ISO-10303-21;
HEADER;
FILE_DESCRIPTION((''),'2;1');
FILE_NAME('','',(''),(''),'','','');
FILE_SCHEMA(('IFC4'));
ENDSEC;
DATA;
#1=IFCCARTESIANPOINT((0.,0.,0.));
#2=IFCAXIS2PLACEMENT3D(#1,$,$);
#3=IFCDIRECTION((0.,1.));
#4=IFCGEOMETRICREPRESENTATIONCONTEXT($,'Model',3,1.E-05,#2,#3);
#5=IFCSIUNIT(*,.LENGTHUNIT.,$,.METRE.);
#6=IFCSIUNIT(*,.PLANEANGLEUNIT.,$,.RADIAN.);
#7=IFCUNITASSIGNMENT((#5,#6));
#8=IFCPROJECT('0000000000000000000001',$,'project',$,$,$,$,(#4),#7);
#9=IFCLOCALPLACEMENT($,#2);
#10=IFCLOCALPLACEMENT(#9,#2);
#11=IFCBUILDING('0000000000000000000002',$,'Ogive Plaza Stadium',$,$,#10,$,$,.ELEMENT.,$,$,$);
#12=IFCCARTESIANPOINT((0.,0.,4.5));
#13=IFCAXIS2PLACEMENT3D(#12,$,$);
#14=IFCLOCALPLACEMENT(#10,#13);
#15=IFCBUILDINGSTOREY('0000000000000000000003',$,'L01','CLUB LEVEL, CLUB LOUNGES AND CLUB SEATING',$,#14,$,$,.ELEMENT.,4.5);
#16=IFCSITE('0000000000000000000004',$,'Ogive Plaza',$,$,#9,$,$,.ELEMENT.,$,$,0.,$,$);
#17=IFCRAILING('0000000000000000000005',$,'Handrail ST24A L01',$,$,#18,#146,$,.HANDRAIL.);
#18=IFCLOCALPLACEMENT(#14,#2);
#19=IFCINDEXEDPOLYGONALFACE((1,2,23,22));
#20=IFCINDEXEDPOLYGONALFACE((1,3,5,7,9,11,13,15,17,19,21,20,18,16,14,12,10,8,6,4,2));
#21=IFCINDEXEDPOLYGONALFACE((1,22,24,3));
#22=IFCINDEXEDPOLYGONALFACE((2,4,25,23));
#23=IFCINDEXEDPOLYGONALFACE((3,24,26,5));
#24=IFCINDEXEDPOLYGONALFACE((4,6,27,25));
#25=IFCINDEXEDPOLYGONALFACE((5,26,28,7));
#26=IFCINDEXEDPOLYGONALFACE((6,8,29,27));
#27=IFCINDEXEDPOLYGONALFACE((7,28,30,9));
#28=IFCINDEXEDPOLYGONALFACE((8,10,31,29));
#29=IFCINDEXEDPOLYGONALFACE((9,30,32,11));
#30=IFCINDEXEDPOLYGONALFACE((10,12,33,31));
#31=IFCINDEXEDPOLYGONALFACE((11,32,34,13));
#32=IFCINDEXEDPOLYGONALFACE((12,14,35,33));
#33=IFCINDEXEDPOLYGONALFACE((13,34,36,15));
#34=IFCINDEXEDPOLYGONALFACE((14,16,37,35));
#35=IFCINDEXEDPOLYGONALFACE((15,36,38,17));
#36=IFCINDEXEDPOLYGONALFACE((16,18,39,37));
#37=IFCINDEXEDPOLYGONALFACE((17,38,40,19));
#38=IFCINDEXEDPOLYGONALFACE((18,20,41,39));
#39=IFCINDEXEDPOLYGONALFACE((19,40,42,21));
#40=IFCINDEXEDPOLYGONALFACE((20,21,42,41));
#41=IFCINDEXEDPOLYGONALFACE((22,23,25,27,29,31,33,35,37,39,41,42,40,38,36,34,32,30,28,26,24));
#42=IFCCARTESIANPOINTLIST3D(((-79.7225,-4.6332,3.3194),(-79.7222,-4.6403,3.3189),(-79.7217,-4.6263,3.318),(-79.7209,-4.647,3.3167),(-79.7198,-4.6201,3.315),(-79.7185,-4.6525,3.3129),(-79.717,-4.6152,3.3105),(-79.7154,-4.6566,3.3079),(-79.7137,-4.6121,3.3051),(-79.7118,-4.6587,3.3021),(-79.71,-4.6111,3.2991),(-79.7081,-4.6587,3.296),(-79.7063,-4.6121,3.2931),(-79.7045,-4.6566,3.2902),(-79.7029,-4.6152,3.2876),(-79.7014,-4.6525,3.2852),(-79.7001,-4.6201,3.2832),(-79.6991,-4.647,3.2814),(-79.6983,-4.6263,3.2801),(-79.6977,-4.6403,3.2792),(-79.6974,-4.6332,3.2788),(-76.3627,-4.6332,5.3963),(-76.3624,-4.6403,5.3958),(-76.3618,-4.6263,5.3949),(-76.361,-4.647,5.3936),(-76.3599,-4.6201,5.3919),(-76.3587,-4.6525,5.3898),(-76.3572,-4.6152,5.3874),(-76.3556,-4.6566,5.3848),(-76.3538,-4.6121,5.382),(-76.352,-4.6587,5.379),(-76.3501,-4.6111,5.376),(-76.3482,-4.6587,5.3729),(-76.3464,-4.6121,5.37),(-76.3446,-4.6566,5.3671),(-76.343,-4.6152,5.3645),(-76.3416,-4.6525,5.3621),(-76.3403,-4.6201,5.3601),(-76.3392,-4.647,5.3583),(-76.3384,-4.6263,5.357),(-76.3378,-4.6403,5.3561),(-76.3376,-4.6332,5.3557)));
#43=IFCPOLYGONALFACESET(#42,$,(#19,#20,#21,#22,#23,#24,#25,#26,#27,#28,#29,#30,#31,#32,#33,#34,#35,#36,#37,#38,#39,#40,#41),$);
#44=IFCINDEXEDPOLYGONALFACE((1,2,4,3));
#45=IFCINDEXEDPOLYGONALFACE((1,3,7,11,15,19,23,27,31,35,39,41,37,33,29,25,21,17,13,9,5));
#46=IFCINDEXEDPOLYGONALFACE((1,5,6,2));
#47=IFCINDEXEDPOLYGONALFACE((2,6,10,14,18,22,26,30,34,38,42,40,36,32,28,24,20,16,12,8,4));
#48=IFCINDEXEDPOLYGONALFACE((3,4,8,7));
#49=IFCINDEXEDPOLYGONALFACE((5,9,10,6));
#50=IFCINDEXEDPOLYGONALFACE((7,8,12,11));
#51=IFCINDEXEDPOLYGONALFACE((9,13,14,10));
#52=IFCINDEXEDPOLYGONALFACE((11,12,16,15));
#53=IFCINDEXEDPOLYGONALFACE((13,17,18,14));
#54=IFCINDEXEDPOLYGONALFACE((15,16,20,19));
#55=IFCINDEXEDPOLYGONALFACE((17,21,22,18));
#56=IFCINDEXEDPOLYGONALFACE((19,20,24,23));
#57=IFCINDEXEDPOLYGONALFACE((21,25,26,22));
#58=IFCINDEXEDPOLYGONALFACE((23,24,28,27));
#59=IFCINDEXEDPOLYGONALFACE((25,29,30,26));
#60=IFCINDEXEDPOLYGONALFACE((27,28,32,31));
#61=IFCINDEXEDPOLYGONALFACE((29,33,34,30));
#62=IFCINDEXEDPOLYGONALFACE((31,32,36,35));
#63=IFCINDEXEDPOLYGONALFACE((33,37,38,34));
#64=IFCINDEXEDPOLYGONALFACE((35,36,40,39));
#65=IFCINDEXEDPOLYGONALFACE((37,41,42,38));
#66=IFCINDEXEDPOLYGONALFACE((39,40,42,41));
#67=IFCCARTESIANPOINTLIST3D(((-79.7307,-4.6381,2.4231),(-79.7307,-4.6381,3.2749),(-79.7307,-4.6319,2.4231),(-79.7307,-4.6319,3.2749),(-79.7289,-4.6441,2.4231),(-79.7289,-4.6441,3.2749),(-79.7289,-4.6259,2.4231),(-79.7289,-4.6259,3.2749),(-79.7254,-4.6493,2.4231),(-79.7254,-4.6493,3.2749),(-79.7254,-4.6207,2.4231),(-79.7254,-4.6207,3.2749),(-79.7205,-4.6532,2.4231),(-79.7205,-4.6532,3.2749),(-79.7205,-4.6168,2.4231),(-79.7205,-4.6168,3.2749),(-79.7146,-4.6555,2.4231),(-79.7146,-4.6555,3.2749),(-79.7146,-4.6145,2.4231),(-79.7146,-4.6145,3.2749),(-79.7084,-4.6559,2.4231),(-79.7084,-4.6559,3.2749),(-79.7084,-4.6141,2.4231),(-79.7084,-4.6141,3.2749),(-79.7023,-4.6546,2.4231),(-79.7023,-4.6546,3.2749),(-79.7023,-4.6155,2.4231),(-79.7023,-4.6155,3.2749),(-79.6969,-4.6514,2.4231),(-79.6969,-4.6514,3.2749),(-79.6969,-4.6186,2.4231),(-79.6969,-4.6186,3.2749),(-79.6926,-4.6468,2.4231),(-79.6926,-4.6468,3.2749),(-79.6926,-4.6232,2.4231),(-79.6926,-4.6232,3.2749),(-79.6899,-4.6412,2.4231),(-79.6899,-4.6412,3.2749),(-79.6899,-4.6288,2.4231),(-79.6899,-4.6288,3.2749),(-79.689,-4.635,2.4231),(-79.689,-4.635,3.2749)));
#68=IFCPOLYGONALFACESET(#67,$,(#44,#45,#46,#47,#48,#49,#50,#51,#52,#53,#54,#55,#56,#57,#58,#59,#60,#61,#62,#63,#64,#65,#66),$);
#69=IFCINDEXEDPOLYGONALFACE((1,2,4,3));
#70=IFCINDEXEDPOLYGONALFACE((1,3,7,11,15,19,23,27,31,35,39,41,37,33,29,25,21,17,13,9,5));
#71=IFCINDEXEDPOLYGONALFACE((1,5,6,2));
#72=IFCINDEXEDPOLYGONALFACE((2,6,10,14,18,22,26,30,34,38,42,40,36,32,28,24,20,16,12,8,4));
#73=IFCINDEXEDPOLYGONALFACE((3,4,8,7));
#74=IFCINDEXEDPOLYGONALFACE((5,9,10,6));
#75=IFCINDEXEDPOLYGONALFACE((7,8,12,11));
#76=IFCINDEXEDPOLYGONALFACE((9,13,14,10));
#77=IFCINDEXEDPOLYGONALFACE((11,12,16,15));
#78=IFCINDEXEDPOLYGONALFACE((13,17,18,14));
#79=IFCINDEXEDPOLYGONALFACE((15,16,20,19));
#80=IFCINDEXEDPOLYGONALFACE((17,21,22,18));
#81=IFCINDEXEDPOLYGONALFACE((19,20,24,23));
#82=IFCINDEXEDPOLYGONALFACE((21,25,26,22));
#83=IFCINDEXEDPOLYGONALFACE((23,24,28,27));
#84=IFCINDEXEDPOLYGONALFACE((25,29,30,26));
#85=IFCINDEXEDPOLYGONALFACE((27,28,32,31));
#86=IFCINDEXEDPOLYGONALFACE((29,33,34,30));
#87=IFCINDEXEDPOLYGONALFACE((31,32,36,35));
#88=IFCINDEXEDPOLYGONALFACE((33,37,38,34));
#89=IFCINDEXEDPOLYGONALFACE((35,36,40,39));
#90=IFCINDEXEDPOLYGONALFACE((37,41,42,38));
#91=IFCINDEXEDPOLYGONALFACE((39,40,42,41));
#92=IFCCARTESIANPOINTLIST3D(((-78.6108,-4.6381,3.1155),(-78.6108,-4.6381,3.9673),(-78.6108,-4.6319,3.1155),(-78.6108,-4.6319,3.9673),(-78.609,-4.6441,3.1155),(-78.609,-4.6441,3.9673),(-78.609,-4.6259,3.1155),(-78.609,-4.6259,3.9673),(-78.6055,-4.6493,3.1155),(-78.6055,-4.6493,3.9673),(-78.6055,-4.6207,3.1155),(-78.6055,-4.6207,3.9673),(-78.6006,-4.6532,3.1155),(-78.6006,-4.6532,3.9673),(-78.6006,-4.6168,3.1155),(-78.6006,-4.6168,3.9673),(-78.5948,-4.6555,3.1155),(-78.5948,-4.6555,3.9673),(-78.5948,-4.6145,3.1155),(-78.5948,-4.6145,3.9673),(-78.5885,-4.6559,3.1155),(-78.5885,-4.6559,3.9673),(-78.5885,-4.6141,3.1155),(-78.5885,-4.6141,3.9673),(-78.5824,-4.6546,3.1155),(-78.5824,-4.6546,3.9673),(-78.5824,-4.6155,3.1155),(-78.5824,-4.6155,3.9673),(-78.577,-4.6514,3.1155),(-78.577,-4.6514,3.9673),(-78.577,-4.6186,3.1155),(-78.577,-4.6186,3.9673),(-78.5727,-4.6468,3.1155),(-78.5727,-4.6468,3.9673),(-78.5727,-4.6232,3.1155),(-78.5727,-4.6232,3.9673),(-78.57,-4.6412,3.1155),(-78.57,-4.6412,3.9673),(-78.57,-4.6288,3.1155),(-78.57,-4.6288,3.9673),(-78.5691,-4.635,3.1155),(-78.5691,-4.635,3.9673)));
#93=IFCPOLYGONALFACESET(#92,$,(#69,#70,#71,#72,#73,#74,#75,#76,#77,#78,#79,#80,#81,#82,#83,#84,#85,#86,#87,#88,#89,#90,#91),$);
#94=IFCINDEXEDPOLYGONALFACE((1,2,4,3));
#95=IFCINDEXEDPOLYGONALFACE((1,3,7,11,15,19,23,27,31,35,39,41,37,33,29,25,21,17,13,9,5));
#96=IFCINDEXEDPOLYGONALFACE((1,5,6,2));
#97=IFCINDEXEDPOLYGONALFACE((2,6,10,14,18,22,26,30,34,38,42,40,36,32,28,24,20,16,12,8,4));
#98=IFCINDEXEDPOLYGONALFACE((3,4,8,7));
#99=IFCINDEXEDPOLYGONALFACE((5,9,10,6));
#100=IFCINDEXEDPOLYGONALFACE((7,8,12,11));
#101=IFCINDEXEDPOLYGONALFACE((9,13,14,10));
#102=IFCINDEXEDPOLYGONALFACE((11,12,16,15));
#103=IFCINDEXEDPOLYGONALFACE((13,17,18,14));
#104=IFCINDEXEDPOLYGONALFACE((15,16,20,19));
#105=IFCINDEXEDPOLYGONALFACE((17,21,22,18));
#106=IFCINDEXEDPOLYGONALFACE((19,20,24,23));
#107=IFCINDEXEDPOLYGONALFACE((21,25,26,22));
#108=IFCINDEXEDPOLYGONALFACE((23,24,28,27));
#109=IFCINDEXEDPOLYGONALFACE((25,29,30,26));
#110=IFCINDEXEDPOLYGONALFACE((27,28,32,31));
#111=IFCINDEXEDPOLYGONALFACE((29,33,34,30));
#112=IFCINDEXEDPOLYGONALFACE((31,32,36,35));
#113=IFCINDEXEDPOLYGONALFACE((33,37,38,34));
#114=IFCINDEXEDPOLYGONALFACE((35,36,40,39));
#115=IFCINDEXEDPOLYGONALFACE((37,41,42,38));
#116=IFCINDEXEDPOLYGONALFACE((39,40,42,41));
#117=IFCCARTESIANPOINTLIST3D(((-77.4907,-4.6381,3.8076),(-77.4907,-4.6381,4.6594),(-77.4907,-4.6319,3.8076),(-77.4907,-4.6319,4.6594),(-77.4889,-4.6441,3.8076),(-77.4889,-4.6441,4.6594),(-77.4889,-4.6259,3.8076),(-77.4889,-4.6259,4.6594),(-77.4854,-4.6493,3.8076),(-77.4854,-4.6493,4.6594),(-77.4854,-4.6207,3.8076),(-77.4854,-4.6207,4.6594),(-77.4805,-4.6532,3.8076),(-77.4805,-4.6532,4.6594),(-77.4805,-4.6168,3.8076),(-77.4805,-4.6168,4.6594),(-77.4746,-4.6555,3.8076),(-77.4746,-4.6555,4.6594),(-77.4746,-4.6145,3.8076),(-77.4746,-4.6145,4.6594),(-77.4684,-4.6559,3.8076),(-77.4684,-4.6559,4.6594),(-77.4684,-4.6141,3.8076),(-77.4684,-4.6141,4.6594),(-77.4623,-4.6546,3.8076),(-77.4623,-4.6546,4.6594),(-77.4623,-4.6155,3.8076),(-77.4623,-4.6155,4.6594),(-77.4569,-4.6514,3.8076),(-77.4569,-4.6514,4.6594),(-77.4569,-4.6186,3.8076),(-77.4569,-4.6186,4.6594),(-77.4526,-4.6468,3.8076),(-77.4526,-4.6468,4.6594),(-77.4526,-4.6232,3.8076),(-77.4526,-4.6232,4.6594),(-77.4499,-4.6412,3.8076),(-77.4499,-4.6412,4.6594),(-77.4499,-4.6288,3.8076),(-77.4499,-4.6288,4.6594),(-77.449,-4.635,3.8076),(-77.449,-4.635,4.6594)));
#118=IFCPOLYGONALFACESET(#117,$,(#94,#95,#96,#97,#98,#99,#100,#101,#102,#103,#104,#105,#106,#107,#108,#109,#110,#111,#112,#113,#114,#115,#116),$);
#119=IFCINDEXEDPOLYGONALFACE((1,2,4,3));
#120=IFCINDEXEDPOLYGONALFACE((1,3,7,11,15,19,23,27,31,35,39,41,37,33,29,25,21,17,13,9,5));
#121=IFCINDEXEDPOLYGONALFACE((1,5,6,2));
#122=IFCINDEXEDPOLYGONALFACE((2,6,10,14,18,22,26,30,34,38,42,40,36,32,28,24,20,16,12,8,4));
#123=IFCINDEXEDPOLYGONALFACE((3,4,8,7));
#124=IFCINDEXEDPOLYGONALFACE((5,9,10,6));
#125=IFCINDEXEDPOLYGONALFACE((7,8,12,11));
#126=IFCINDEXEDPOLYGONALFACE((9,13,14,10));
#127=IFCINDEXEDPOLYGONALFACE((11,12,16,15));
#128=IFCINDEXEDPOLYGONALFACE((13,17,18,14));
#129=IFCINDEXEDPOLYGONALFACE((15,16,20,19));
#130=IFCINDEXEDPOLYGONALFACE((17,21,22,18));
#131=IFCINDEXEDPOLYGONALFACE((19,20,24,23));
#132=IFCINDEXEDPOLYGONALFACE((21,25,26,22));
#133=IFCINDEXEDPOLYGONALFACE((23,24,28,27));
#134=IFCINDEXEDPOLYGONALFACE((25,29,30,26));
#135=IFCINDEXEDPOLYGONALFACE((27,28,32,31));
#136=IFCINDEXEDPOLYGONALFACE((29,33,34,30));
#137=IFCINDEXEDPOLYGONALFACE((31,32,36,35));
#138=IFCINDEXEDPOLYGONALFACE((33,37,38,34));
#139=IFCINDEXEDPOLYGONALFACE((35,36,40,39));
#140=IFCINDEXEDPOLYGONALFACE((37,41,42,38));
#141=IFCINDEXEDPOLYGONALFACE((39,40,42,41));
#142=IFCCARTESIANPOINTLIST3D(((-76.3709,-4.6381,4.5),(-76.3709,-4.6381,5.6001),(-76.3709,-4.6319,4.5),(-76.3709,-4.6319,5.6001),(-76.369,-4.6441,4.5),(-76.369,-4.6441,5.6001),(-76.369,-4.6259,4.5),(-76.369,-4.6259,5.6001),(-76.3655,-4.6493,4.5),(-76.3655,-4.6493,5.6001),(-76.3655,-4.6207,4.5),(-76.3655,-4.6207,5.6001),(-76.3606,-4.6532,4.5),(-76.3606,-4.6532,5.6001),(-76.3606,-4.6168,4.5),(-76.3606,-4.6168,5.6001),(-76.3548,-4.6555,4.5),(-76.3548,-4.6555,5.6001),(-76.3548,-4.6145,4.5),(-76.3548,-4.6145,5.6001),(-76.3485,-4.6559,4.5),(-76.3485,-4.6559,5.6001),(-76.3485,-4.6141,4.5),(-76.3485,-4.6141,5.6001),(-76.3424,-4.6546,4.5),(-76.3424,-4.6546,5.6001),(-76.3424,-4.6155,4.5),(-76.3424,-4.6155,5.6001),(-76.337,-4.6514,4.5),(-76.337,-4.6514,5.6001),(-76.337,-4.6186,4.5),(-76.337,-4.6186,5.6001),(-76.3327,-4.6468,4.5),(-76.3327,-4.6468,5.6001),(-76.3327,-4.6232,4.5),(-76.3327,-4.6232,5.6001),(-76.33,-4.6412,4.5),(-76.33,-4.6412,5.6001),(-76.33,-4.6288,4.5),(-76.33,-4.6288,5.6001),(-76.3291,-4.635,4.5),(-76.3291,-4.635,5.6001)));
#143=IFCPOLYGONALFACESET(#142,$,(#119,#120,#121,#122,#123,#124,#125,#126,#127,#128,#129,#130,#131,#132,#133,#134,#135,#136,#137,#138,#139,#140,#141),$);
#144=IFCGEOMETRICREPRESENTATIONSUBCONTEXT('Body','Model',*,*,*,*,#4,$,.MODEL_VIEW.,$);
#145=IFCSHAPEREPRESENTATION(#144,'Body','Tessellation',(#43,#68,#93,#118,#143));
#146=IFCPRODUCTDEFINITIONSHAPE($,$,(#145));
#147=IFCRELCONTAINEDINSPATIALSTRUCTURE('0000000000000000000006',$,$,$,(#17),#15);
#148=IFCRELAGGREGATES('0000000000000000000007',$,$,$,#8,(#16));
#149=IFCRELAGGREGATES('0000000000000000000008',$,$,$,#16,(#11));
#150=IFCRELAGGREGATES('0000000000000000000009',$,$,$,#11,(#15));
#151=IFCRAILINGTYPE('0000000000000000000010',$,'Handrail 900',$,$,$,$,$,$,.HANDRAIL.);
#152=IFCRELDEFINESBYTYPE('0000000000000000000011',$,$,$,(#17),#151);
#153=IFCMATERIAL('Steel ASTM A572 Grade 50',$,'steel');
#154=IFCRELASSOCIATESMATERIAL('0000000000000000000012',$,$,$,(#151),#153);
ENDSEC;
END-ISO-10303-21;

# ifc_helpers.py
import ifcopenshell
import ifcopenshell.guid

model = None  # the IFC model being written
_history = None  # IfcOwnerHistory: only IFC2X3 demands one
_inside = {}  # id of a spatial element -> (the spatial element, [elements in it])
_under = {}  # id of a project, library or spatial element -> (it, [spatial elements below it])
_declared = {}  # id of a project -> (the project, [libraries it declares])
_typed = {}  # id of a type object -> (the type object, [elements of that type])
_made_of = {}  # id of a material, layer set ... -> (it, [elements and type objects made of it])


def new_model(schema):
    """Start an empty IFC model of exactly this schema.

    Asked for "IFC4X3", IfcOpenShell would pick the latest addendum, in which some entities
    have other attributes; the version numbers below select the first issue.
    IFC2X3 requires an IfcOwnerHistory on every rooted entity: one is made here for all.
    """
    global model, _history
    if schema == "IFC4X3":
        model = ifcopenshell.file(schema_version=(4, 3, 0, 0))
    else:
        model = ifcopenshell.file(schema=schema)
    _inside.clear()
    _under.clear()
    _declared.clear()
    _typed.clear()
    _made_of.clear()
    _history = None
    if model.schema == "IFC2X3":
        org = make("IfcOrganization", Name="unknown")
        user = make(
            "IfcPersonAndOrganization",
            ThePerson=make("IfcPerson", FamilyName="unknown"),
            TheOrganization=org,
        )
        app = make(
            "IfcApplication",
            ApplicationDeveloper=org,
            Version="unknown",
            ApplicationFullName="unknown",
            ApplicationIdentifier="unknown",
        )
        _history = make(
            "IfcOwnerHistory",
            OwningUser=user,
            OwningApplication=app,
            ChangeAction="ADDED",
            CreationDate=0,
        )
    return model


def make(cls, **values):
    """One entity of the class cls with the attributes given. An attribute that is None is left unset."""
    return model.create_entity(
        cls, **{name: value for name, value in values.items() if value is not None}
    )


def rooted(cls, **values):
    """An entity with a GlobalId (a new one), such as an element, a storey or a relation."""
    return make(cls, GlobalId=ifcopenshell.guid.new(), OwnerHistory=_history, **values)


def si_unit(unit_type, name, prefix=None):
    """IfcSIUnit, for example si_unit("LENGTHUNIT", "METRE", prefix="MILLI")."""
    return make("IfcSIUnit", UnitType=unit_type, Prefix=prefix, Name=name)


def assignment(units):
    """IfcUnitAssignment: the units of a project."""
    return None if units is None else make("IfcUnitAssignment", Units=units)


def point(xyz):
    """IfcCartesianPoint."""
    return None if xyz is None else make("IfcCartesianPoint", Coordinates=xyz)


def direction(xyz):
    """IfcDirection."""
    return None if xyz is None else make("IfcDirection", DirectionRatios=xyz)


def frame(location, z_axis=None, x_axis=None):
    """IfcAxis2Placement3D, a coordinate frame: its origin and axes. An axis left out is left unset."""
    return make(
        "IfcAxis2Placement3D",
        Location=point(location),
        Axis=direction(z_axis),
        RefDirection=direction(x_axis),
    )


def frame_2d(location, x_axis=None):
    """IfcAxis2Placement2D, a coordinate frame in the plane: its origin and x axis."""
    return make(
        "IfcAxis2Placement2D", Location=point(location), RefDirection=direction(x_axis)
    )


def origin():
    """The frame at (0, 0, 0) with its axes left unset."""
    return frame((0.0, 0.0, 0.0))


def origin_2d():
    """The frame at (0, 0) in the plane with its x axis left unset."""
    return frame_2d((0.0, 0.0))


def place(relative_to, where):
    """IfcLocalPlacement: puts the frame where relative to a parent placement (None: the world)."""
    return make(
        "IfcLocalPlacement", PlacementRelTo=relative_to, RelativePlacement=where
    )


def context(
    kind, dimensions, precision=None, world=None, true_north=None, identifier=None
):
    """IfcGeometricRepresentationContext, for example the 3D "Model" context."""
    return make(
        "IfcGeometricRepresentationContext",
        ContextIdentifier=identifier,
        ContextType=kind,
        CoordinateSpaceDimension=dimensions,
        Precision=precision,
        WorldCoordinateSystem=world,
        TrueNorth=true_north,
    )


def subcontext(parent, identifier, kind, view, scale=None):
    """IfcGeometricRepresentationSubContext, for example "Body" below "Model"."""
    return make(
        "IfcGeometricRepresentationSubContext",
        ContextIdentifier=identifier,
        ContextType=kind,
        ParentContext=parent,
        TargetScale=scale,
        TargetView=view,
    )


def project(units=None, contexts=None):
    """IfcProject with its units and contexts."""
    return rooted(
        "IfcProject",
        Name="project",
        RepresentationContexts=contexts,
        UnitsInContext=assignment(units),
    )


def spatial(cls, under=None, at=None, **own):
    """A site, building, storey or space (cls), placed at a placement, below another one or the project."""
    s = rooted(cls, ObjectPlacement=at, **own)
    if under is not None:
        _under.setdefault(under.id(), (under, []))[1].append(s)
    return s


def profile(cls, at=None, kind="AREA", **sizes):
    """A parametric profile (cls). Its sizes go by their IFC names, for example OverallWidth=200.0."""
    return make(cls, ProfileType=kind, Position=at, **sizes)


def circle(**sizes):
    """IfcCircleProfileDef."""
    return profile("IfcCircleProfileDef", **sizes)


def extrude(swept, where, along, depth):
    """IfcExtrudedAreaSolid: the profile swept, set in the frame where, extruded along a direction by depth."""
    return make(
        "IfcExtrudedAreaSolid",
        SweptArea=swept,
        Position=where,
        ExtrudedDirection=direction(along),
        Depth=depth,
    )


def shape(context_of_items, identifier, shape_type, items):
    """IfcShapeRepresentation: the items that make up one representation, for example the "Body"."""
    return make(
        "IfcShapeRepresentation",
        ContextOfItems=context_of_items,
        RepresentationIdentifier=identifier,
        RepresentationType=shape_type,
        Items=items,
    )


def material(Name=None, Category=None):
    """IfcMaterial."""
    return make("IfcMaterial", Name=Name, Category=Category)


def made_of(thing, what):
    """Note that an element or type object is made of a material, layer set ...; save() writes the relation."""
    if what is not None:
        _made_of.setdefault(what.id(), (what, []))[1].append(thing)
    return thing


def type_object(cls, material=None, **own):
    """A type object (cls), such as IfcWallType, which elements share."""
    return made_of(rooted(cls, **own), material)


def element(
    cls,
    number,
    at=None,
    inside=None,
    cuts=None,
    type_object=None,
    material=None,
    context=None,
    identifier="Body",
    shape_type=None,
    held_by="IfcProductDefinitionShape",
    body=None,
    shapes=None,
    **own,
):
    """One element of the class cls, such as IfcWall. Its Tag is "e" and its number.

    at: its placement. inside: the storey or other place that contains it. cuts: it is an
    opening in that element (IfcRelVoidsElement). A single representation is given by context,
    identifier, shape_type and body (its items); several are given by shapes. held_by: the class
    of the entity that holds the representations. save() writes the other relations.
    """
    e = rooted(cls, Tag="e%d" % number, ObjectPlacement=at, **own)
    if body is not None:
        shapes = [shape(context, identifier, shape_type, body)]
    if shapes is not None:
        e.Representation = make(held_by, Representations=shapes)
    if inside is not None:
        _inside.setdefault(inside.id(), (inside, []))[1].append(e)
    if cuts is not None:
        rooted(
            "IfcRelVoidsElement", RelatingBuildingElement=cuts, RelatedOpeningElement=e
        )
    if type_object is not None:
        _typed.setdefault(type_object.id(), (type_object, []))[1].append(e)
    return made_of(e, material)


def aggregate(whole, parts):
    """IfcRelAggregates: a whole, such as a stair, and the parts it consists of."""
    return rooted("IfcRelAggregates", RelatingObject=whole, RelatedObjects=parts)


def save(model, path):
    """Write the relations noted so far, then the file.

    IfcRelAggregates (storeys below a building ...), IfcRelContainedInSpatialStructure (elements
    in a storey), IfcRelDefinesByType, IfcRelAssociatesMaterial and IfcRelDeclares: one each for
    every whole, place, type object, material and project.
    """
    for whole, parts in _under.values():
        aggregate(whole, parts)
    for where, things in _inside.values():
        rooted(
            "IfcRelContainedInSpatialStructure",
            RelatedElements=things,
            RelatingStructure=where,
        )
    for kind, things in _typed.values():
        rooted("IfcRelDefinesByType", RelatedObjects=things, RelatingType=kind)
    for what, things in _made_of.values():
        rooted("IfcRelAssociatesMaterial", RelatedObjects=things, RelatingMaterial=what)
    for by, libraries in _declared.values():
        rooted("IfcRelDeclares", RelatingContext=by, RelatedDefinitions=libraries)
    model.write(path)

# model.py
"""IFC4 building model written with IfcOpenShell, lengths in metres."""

from ifc_helpers import new_model, si_unit, direction, frame, origin, origin_2d, place, context, subcontext, project, spatial, circle, extrude, material, type_object, element, save


model = new_model("IFC4")

# Units and contexts
model_context = context("Model", 3, precision=1e-05, world=origin(), true_north=direction((0.0, 1.0)))
body_context = subcontext(model_context, "Body", "Model", "MODEL_VIEW")
ifc_project = project(units=[si_unit("LENGTHUNIT", "METRE"), si_unit("PLANEANGLEUNIT", "RADIAN")], contexts=[model_context])

# Site, building, storey
site_placement = place(None, origin())
site = spatial("IfcSite", under=ifc_project, at=site_placement, Name="Ogive Plaza", CompositionType="ELEMENT", RefElevation=0.0)
building_placement = place(site_placement, origin())
building = spatial("IfcBuilding", under=site, at=building_placement, Name="Ogive Plaza Stadium", CompositionType="ELEMENT")
storey_placement = place(building_placement, frame((0.0, 0.0, 4.5)))
storey = spatial("IfcBuildingStorey", under=building, at=storey_placement, Name="L01", Description="CLUB LEVEL, CLUB LOUNGES AND CLUB SEATING", CompositionType="ELEMENT", Elevation=4.5)

# Railing
ifc_material_1 = material(Name="Steel ASTM A572 Grade 50", Category="steel")
railing_type_1 = type_object("IfcRailingType", Name="Handrail 900", PredefinedType="HANDRAIL", material=ifc_material_1)
for number, where, name in (
    (1, (-79.71, -4.635, 2.4231), "Handrail ST24A L01"),
):
    element("IfcRailing", number, at=place(storey_placement, frame(where)), inside=storey, type_object=railing_type_1, Name=name, PredefinedType="HANDRAIL", context=body_context, shape_type="SweptSolid", body=[
        extrude(circle(Radius=0.0239, at=origin_2d()), frame((0.0, 0.0, 0.876), z_axis=(0.850606, 0.0, 0.525803), x_axis=(0.0, 1.0, 0.0)), (0.0, 0.0, 1.0), 3.95),
        extrude(circle(Radius=0.021, at=origin_2d()), origin(), (0.0, 0.0, 1.0), 0.8518),
        extrude(circle(Radius=0.021, at=origin_2d()), frame((1.1199, 0.0, 0.6924)), (0.0, 0.0, 1.0), 0.8518),
        extrude(circle(Radius=0.021, at=origin_2d()), frame((2.24, 0.0, 1.3845)), (0.0, 0.0, 1.0), 0.8518),
        extrude(circle(Radius=0.021, at=origin_2d()), frame((3.3599, 0.0, 2.0769)), (0.0, 0.0, 1.0), 1.1001),
    ])

save(model, "model.ifc")
